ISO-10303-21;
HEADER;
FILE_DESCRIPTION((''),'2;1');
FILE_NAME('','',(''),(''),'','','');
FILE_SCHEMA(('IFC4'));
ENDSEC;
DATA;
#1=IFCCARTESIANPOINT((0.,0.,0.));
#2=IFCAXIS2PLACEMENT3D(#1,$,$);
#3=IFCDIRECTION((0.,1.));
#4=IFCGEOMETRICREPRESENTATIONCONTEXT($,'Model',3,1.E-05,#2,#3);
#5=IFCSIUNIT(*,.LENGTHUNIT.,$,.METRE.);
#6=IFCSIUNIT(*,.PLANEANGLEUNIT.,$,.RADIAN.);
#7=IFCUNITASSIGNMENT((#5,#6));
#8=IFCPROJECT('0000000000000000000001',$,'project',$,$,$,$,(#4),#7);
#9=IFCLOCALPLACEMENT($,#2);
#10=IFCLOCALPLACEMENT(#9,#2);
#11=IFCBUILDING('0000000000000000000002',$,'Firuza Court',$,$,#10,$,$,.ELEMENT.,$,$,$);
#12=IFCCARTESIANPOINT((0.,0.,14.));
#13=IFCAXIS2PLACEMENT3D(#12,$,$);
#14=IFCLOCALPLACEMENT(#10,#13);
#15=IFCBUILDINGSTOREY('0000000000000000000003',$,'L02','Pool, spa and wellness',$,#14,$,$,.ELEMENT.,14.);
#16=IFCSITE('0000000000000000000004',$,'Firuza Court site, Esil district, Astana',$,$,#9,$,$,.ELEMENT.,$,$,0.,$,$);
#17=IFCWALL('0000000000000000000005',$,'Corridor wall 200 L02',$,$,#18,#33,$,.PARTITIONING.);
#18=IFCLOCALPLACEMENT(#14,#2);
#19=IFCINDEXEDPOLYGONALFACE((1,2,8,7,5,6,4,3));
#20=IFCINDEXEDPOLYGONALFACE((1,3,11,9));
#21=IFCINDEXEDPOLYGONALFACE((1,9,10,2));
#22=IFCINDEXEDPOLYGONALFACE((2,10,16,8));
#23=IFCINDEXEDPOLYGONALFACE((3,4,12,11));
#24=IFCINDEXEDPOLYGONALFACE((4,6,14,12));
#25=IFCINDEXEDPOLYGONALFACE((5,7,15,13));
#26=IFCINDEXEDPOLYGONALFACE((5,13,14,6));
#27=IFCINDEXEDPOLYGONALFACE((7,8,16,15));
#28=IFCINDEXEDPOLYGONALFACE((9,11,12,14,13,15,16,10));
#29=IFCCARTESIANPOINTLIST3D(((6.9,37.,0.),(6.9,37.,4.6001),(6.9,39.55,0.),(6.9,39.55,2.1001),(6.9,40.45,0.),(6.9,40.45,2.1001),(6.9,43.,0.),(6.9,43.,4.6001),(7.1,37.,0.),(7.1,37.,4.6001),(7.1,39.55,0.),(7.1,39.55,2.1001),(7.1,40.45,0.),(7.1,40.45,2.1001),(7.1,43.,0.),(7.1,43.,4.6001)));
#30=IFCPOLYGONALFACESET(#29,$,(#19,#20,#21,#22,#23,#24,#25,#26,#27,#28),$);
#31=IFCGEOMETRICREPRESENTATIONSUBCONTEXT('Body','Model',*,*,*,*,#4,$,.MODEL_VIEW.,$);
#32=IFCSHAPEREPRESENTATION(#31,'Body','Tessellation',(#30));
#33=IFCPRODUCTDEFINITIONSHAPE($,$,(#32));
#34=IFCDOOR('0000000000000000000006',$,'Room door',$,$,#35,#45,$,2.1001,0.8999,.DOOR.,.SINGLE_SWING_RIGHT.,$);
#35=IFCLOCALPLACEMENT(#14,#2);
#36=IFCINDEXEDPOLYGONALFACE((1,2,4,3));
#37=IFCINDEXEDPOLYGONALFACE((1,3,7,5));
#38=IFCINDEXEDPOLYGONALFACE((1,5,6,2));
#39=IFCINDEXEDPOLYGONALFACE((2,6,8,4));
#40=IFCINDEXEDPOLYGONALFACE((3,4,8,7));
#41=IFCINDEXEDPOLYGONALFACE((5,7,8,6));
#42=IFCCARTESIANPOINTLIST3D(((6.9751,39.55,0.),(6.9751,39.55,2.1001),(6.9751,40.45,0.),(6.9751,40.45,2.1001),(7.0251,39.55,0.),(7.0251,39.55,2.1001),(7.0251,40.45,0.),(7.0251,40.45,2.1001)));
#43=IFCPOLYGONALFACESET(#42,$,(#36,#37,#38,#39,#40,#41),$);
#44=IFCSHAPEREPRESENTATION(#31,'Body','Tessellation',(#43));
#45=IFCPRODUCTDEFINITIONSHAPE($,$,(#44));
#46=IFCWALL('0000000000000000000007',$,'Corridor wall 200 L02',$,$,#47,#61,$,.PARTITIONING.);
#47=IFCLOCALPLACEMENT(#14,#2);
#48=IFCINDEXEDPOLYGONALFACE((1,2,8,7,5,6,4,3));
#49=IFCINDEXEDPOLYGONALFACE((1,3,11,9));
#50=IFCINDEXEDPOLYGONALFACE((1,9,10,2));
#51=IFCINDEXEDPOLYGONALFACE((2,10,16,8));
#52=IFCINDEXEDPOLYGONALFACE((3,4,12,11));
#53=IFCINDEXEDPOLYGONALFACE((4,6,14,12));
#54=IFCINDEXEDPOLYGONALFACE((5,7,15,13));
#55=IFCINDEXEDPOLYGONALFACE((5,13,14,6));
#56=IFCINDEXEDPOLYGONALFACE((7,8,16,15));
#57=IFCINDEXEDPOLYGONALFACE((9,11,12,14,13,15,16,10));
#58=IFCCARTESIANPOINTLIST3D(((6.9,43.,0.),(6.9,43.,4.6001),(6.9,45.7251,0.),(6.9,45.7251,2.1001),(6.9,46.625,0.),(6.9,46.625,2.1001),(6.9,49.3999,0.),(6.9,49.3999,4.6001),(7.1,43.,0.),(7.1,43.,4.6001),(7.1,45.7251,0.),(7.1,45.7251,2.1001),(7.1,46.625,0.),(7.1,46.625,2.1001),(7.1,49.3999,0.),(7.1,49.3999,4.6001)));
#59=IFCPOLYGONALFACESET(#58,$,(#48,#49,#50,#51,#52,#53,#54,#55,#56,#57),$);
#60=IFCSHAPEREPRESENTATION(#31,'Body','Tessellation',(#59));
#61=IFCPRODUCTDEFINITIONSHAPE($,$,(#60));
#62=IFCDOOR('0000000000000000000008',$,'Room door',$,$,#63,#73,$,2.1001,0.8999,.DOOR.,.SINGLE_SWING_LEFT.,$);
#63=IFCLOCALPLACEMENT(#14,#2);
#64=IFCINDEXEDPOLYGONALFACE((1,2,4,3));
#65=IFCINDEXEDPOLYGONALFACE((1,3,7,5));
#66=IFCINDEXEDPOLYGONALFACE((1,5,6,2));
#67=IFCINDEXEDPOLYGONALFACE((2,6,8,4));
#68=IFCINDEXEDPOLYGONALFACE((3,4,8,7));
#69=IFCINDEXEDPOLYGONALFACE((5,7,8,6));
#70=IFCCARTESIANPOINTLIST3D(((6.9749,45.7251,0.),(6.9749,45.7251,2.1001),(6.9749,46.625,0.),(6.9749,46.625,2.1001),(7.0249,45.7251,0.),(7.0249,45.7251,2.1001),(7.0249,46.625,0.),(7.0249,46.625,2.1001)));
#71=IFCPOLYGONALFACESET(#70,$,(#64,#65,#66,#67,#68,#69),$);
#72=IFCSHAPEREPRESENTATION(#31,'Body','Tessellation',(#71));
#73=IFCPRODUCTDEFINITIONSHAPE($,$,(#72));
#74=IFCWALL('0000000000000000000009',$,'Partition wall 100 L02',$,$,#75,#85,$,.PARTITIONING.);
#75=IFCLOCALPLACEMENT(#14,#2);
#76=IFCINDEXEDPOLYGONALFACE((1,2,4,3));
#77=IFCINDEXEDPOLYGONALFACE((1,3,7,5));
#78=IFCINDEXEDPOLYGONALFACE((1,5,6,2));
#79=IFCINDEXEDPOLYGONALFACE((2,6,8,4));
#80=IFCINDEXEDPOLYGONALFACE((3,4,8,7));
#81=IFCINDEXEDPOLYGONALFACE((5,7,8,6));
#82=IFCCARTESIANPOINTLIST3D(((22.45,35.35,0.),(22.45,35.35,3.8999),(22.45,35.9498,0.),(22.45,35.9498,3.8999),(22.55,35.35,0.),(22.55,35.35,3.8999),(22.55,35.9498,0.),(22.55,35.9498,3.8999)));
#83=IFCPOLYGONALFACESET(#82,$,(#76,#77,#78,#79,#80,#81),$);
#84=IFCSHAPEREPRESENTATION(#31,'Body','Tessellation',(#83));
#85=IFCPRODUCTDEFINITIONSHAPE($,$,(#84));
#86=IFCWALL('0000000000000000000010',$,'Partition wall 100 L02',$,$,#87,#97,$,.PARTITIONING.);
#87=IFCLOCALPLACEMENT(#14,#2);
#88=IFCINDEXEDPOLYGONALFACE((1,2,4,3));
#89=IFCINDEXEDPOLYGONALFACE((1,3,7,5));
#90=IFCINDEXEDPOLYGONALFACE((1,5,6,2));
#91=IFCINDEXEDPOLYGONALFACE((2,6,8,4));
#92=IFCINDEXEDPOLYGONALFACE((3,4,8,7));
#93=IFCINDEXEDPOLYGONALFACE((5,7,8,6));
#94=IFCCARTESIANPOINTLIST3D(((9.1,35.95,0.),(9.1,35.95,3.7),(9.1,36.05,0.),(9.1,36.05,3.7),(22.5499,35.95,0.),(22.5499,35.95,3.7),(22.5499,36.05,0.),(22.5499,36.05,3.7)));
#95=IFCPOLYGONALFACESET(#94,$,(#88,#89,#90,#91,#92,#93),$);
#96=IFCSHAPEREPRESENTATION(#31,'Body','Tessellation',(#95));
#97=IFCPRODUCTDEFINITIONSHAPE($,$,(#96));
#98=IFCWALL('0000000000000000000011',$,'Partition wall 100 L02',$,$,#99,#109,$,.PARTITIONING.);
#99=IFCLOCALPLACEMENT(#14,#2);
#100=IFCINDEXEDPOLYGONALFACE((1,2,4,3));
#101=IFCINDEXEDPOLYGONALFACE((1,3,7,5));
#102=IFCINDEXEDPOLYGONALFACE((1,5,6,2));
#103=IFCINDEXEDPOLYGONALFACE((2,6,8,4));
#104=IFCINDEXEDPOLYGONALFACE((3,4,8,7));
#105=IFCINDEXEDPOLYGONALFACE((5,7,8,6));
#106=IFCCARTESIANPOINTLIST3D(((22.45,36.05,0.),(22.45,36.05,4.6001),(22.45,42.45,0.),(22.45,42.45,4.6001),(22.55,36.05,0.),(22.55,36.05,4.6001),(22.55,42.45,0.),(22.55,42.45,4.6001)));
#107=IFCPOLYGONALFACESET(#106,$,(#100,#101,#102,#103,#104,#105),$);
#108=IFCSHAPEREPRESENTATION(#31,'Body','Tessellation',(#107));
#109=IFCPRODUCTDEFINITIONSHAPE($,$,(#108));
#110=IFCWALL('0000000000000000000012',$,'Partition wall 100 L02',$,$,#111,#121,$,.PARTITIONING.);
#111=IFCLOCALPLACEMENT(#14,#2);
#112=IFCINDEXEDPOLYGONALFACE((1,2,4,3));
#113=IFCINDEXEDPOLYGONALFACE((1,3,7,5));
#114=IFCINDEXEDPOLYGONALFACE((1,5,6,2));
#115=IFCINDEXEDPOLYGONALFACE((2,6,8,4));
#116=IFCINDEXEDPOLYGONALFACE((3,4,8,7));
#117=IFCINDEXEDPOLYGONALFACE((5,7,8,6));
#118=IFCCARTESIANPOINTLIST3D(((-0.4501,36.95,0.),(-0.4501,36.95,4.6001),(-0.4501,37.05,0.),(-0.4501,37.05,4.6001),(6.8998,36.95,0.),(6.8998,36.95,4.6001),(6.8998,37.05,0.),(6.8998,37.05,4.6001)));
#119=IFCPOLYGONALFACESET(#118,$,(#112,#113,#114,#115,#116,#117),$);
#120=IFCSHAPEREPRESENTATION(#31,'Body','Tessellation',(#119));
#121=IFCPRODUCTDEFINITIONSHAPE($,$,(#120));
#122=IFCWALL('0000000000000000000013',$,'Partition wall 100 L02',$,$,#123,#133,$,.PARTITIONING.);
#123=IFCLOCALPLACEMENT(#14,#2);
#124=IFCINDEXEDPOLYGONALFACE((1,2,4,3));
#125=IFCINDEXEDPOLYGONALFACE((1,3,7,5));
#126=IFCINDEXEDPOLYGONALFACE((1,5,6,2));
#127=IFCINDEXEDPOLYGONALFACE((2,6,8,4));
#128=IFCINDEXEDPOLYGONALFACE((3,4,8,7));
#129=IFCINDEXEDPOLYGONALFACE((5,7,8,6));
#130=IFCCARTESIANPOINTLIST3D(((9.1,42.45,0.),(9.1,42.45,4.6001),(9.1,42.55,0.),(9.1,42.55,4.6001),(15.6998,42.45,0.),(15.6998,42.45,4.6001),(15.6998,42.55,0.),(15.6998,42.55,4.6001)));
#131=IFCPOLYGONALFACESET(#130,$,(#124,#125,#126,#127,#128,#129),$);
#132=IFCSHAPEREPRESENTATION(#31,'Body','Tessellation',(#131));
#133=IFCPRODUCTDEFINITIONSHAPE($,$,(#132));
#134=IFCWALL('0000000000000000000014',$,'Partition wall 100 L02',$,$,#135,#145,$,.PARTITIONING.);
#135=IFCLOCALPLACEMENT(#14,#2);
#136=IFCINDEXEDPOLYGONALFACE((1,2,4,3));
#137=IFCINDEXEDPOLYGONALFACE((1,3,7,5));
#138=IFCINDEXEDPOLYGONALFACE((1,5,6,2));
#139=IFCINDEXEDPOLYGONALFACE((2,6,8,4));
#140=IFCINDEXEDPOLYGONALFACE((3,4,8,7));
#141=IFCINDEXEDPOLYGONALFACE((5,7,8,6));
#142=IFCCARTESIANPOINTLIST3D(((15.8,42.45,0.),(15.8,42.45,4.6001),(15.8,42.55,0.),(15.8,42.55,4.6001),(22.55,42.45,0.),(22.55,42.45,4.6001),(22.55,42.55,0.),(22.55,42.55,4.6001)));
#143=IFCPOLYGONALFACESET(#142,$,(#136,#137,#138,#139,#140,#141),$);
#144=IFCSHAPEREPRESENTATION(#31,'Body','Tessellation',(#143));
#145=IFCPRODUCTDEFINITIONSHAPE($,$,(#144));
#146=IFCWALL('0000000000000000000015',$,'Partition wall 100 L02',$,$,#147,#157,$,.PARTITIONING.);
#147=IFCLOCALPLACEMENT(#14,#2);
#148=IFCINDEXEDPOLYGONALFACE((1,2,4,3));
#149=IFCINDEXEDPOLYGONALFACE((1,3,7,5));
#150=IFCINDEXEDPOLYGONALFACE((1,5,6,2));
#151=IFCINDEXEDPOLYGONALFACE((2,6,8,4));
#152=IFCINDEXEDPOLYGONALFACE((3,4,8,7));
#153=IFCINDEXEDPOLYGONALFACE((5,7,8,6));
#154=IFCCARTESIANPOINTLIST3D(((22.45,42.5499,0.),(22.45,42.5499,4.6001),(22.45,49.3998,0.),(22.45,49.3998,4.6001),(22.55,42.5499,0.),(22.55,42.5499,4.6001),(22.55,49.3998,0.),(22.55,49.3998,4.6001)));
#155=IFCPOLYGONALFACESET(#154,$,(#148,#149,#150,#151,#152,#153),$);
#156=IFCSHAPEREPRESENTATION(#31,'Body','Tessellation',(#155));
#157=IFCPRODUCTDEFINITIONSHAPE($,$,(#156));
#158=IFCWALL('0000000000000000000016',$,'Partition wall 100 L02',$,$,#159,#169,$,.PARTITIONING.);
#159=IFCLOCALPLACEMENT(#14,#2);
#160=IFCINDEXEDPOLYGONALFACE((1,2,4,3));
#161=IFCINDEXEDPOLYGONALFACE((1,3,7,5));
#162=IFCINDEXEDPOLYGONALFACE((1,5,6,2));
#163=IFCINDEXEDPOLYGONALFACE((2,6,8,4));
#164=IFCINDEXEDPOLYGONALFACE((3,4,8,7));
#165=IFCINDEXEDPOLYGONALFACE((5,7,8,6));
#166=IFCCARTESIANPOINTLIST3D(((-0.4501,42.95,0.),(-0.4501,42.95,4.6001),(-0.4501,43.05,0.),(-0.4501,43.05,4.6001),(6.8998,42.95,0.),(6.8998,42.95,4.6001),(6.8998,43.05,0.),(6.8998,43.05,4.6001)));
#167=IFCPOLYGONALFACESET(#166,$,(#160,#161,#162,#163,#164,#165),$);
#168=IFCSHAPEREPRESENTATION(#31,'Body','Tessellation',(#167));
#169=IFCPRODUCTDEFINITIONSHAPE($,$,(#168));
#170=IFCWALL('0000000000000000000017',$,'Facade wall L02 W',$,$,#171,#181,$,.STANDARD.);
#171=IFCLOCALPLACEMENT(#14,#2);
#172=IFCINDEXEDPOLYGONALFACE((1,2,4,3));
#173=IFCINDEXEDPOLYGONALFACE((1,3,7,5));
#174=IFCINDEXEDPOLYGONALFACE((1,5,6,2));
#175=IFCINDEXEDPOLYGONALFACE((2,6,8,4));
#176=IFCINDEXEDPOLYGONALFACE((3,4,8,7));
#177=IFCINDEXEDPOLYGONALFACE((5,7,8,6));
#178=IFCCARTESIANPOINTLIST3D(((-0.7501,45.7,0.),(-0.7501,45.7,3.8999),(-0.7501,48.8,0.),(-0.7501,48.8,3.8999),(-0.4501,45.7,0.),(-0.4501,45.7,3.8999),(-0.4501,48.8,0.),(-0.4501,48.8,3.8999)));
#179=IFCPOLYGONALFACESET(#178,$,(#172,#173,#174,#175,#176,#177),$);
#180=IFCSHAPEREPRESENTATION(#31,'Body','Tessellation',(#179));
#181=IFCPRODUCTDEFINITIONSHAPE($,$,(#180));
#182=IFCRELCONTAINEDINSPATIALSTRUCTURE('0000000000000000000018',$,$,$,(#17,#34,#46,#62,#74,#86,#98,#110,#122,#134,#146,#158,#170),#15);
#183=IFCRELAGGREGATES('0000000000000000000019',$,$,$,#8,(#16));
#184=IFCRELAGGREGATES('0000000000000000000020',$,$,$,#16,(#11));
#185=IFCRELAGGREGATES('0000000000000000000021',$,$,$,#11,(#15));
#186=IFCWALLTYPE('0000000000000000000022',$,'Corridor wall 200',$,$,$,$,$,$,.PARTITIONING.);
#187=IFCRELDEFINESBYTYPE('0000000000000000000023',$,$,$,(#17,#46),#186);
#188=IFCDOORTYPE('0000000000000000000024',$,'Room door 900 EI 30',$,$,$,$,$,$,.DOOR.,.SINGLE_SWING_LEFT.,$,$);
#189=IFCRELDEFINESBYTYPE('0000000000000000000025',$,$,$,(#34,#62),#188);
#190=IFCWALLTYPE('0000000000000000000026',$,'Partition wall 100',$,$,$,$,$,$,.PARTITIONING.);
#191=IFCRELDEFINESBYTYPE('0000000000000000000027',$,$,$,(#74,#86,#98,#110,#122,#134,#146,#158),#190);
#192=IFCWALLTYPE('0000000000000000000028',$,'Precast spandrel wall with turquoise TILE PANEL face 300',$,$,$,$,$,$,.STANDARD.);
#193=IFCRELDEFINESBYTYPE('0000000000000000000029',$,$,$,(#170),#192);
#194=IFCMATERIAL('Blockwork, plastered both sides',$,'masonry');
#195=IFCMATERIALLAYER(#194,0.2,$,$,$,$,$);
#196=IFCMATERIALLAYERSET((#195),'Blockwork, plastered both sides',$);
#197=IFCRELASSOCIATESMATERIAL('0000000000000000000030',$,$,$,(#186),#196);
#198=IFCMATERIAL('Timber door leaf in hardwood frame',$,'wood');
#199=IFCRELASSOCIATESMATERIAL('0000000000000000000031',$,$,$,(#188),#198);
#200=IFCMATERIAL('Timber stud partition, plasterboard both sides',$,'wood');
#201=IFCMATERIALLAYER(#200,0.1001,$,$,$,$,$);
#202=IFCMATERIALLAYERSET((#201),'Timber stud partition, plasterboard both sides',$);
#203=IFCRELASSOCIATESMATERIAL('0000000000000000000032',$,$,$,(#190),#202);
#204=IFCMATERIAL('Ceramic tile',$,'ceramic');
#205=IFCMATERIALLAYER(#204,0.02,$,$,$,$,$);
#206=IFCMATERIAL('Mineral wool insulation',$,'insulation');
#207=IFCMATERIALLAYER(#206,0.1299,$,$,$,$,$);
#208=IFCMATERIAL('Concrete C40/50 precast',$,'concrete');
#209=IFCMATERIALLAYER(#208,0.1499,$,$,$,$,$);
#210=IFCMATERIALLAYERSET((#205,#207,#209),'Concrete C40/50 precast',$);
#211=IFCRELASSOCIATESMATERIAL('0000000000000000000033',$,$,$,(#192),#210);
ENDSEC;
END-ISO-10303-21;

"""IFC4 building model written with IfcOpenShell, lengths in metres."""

from ifc_helpers import new_model, si_unit, direction, frame, frame_2d, origin, place, context, subcontext, project, spatial, rectangle, extrude, material, layer, layer_set, type_object, element, fill, save


model = new_model("IFC4")

# Units and contexts
model_context = context("Model", 3, precision=1e-05, world=origin(), true_north=direction((0.0, 1.0)))
body_context = subcontext(model_context, "Body", "Model", "MODEL_VIEW")
ifc_project = project(units=[si_unit("LENGTHUNIT", "METRE"), si_unit("PLANEANGLEUNIT", "RADIAN")], contexts=[model_context])

# Site, building, storey
site_placement = place(None, origin())
site = spatial("IfcSite", under=ifc_project, at=site_placement, Name="Firuza Court site, Esil district, Astana", CompositionType="ELEMENT", RefElevation=0.0)
building_placement = place(site_placement, origin())
building = spatial("IfcBuilding", under=site, at=building_placement, Name="Firuza Court", CompositionType="ELEMENT")
storey_placement = place(building_placement, frame((0.0, 0.0, 14.0)))
storey = spatial("IfcBuildingStorey", under=building, at=storey_placement, Name="L02", Description="Pool, spa and wellness", CompositionType="ELEMENT", Elevation=14.0)

# Walls, openings, doors
ifc_material_1 = material(Name="Blockwork, plastered both sides", Category="masonry")
ifc_layer_1 = layer(ifc_material_1, 0.2)
ifc_layer_set_1 = layer_set([ifc_layer_1], Name="Blockwork, plastered both sides")
wall_type_1 = type_object("IfcWallType", Name="Corridor wall 200", PredefinedType="PARTITIONING", material=ifc_layer_set_1)
ifc_material_2 = material(Name="Timber door leaf in hardwood frame", Category="wood")
door_type_1 = type_object("IfcDoorType", Name="Room door 900 EI 30", OperationType="SINGLE_SWING_LEFT", PredefinedType="DOOR", material=ifc_material_2)
wall_1_placement = place(storey_placement, frame((7.0, 43.0, 0.0), z_axis=(0.0, 0.0, 1.0), x_axis=(0.0, -1.0, 0.0)))
wall_1 = element("IfcWall", 1, at=wall_1_placement, inside=storey, type_object=wall_type_1, Name="Corridor wall 200 L02", PredefinedType="PARTITIONING", context=body_context, shape_type="SweptSolid", body=[
    extrude(rectangle(XDim=6.0, YDim=0.2, at=frame_2d((3.0, 0.0))), origin(), (0.0, 0.0, 1.0), 4.6001),
])
opening_1_placement = place(wall_1_placement, frame((2.55, 0.0, 0.0)))
opening_1 = element("IfcOpeningElement", 2, at=opening_1_placement, cuts=wall_1, PredefinedType="OPENING", context=body_context, shape_type="SweptSolid", body=[
    extrude(rectangle(XDim=0.8999, YDim=2.1001, at=frame_2d((0.45, 1.05))), frame((0.0, 0.1118, 0.0), z_axis=(0.0, -1.0, 0.0), x_axis=(1.0, 0.0, 0.0)), (0.0, 0.0, 1.0), 0.2239),
])
door_1_placement = place(opening_1_placement, frame((0.8999, 0.0, 0.0), z_axis=(0.0, 0.0, 1.0), x_axis=(-1.0, 0.0, 0.0)))
door_1 = element("IfcDoor", 3, at=door_1_placement, inside=storey, type_object=door_type_1, Name="Room door", OperationType="SINGLE_SWING_RIGHT", OverallHeight=2.1001, OverallWidth=0.8999, PredefinedType="DOOR", context=body_context, shape_type="SweptSolid", body=[
    extrude(rectangle(XDim=0.8999, YDim=2.1001, at=frame_2d((0.45, 1.05))), frame((0.0, 0.0249, 0.0), z_axis=(0.0, -1.0, 0.0), x_axis=(1.0, 0.0, 0.0)), (0.0, 0.0, 1.0), 0.05),
])
fill(opening_1, door_1)
wall_2_placement = place(storey_placement, frame((7.0, 49.3999, 0.0), z_axis=(0.0, 0.0, 1.0), x_axis=(0.0, -1.0, 0.0)))
wall_2 = element("IfcWall", 4, at=wall_2_placement, inside=storey, type_object=wall_type_1, Name="Corridor wall 200 L02", PredefinedType="PARTITIONING", context=body_context, shape_type="SweptSolid", body=[
    extrude(rectangle(XDim=6.3999, YDim=0.2, at=frame_2d((3.2, 0.0))), origin(), (0.0, 0.0, 1.0), 4.6001),
])
opening_2_placement = place(wall_2_placement, frame((2.7749, 0.0, 0.0)))
opening_2 = element("IfcOpeningElement", 5, at=opening_2_placement, cuts=wall_2, PredefinedType="OPENING", context=body_context, shape_type="SweptSolid", body=[
    extrude(rectangle(XDim=0.8999, YDim=2.1001, at=frame_2d((0.45, 1.05))), frame((0.0, 0.1118, 0.0), z_axis=(0.0, -1.0, 0.0), x_axis=(1.0, 0.0, 0.0)), (0.0, 0.0, 1.0), 0.2239),
])
door_2_placement = place(opening_2_placement, origin())
door_2 = element("IfcDoor", 6, at=door_2_placement, inside=storey, type_object=door_type_1, Name="Room door", OperationType="SINGLE_SWING_LEFT", OverallHeight=2.1001, OverallWidth=0.8999, PredefinedType="DOOR", context=body_context, shape_type="SweptSolid", body=[
    extrude(rectangle(XDim=0.8999, YDim=2.1001, at=frame_2d((0.45, 1.05))), frame((0.0, 0.0249, 0.0), z_axis=(0.0, -1.0, 0.0), x_axis=(1.0, 0.0, 0.0)), (0.0, 0.0, 1.0), 0.05),
])
fill(opening_2, door_2)

# Walls
ifc_material_3 = material(Name="Timber stud partition, plasterboard both sides", Category="wood")
ifc_layer_2 = layer(ifc_material_3, 0.1001)
ifc_layer_set_2 = layer_set([ifc_layer_2], Name="Timber stud partition, plasterboard both sides")
wall_type_2 = type_object("IfcWallType", Name="Partition wall 100", PredefinedType="PARTITIONING", material=ifc_layer_set_2)
wall_3_placement = place(storey_placement, frame((22.5, 35.3501, 0.0), z_axis=(0.0, 0.0, 1.0), x_axis=(0.0, 1.0, 0.0)))
element("IfcWall", 7, at=wall_3_placement, inside=storey, type_object=wall_type_2, Name="Partition wall 100 L02", PredefinedType="PARTITIONING", context=body_context, shape_type="SweptSolid", body=[
    extrude(rectangle(XDim=0.5999, YDim=0.1001, at=frame_2d((0.2998, 0.0))), origin(), (0.0, 0.0, 1.0), 3.8999),
])
wall_4_placement = place(storey_placement, frame((22.55, 36.0, 0.0), z_axis=(0.0, 0.0, 1.0), x_axis=(-1.0, 0.0, 0.0)))
element("IfcWall", 8, at=wall_4_placement, inside=storey, type_object=wall_type_2, Name="Partition wall 100 L02", PredefinedType="PARTITIONING", context=body_context, shape_type="SweptSolid", body=[
    extrude(rectangle(XDim=13.45, YDim=0.1001, at=frame_2d((6.7251, 0.0))), origin(), (0.0, 0.0, 1.0), 3.7),
])
wall_5_placement = place(storey_placement, frame((22.5, 36.05, 0.0), z_axis=(0.0, 0.0, 1.0), x_axis=(0.0, 1.0, 0.0)))
element("IfcWall", 9, at=wall_5_placement, inside=storey, type_object=wall_type_2, Name="Partition wall 100 L02", PredefinedType="PARTITIONING", context=body_context, shape_type="SweptSolid", body=[
    extrude(rectangle(XDim=6.3999, YDim=0.1001, at=frame_2d((3.2, 0.0))), origin(), (0.0, 0.0, 1.0), 4.6001),
])
wall_6_placement = place(storey_placement, frame((-0.45, 37.0, 0.0), z_axis=(0.0, 0.0, 1.0), x_axis=(1.0, 0.0, 0.0)))
element("IfcWall", 10, at=wall_6_placement, inside=storey, type_object=wall_type_2, Name="Partition wall 100 L02", PredefinedType="PARTITIONING", context=body_context, shape_type="SweptSolid", body=[
    extrude(rectangle(XDim=7.3499, YDim=0.1001, at=frame_2d((3.6748, 0.0))), origin(), (0.0, 0.0, 1.0), 4.6001),
])
wall_7_placement = place(storey_placement, frame((9.1001, 42.5, 0.0), z_axis=(0.0, 0.0, 1.0), x_axis=(1.0, 0.0, 0.0)))
element("IfcWall", 11, at=wall_7_placement, inside=storey, type_object=wall_type_2, Name="Partition wall 100 L02", PredefinedType="PARTITIONING", context=body_context, shape_type="SweptSolid", body=[
    extrude(rectangle(XDim=6.5999, YDim=0.1001, at=frame_2d((3.2998, 0.0))), origin(), (0.0, 0.0, 1.0), 4.6001),
])
wall_8_placement = place(storey_placement, frame((15.8, 42.5, 0.0), z_axis=(0.0, 0.0, 1.0), x_axis=(1.0, 0.0, 0.0)))
element("IfcWall", 12, at=wall_8_placement, inside=storey, type_object=wall_type_2, Name="Partition wall 100 L02", PredefinedType="PARTITIONING", context=body_context, shape_type="SweptSolid", body=[
    extrude(rectangle(XDim=6.75, YDim=0.1001, at=frame_2d((3.375, 0.0))), origin(), (0.0, 0.0, 1.0), 4.6001),
])
wall_9_placement = place(storey_placement, frame((22.5, 42.55, 0.0), z_axis=(0.0, 0.0, 1.0), x_axis=(0.0, 1.0, 0.0)))
element("IfcWall", 13, at=wall_9_placement, inside=storey, type_object=wall_type_2, Name="Partition wall 100 L02", PredefinedType="PARTITIONING", context=body_context, shape_type="SweptSolid", body=[
    extrude(rectangle(XDim=6.8499, YDim=0.1001, at=frame_2d((3.4248, 0.0))), origin(), (0.0, 0.0, 1.0), 4.6001),
])
wall_10_placement = place(storey_placement, frame((-0.45, 43.0, 0.0), z_axis=(0.0, 0.0, 1.0), x_axis=(1.0, 0.0, 0.0)))
element("IfcWall", 14, at=wall_10_placement, inside=storey, type_object=wall_type_2, Name="Partition wall 100 L02", PredefinedType="PARTITIONING", context=body_context, shape_type="SweptSolid", body=[
    extrude(rectangle(XDim=7.3499, YDim=0.1001, at=frame_2d((3.6748, 0.0))), origin(), (0.0, 0.0, 1.0), 4.6001),
])
ifc_material_4 = material(Name="Ceramic tile", Category="ceramic")
ifc_layer_3 = layer(ifc_material_4, 0.02)
ifc_material_5 = material(Name="Mineral wool insulation", Category="insulation")
ifc_layer_4 = layer(ifc_material_5, 0.1299)
ifc_material_6 = material(Name="Concrete C40/50 precast", Category="concrete")
ifc_layer_5 = layer(ifc_material_6, 0.1499)
ifc_layer_set_3 = layer_set([ifc_layer_3, ifc_layer_4, ifc_layer_5], Name="Concrete C40/50 precast")
wall_type_3 = type_object("IfcWallType", Name="Precast spandrel wall with turquoise TILE PANEL face 300", PredefinedType="STANDARD", material=ifc_layer_set_3)
for number, where, z_axis, x_axis, name in (
    (15, (-0.6001, 48.8, 0.0), (0.0, 0.0, 1.0), (0.0, -1.0, 0.0), "Facade wall L02 W"),
):
    element("IfcWall", number, at=place(storey_placement, frame(where, z_axis=z_axis, x_axis=x_axis)), inside=storey, type_object=wall_type_3, Name=name, PredefinedType="STANDARD", context=body_context, shape_type="SweptSolid", body=[
        extrude(rectangle(XDim=3.1001, YDim=0.3, at=frame_2d((1.55, 0.0))), origin(), (0.0, 0.0, 1.0), 3.8999),
    ])

save(model, "model.ifc")
